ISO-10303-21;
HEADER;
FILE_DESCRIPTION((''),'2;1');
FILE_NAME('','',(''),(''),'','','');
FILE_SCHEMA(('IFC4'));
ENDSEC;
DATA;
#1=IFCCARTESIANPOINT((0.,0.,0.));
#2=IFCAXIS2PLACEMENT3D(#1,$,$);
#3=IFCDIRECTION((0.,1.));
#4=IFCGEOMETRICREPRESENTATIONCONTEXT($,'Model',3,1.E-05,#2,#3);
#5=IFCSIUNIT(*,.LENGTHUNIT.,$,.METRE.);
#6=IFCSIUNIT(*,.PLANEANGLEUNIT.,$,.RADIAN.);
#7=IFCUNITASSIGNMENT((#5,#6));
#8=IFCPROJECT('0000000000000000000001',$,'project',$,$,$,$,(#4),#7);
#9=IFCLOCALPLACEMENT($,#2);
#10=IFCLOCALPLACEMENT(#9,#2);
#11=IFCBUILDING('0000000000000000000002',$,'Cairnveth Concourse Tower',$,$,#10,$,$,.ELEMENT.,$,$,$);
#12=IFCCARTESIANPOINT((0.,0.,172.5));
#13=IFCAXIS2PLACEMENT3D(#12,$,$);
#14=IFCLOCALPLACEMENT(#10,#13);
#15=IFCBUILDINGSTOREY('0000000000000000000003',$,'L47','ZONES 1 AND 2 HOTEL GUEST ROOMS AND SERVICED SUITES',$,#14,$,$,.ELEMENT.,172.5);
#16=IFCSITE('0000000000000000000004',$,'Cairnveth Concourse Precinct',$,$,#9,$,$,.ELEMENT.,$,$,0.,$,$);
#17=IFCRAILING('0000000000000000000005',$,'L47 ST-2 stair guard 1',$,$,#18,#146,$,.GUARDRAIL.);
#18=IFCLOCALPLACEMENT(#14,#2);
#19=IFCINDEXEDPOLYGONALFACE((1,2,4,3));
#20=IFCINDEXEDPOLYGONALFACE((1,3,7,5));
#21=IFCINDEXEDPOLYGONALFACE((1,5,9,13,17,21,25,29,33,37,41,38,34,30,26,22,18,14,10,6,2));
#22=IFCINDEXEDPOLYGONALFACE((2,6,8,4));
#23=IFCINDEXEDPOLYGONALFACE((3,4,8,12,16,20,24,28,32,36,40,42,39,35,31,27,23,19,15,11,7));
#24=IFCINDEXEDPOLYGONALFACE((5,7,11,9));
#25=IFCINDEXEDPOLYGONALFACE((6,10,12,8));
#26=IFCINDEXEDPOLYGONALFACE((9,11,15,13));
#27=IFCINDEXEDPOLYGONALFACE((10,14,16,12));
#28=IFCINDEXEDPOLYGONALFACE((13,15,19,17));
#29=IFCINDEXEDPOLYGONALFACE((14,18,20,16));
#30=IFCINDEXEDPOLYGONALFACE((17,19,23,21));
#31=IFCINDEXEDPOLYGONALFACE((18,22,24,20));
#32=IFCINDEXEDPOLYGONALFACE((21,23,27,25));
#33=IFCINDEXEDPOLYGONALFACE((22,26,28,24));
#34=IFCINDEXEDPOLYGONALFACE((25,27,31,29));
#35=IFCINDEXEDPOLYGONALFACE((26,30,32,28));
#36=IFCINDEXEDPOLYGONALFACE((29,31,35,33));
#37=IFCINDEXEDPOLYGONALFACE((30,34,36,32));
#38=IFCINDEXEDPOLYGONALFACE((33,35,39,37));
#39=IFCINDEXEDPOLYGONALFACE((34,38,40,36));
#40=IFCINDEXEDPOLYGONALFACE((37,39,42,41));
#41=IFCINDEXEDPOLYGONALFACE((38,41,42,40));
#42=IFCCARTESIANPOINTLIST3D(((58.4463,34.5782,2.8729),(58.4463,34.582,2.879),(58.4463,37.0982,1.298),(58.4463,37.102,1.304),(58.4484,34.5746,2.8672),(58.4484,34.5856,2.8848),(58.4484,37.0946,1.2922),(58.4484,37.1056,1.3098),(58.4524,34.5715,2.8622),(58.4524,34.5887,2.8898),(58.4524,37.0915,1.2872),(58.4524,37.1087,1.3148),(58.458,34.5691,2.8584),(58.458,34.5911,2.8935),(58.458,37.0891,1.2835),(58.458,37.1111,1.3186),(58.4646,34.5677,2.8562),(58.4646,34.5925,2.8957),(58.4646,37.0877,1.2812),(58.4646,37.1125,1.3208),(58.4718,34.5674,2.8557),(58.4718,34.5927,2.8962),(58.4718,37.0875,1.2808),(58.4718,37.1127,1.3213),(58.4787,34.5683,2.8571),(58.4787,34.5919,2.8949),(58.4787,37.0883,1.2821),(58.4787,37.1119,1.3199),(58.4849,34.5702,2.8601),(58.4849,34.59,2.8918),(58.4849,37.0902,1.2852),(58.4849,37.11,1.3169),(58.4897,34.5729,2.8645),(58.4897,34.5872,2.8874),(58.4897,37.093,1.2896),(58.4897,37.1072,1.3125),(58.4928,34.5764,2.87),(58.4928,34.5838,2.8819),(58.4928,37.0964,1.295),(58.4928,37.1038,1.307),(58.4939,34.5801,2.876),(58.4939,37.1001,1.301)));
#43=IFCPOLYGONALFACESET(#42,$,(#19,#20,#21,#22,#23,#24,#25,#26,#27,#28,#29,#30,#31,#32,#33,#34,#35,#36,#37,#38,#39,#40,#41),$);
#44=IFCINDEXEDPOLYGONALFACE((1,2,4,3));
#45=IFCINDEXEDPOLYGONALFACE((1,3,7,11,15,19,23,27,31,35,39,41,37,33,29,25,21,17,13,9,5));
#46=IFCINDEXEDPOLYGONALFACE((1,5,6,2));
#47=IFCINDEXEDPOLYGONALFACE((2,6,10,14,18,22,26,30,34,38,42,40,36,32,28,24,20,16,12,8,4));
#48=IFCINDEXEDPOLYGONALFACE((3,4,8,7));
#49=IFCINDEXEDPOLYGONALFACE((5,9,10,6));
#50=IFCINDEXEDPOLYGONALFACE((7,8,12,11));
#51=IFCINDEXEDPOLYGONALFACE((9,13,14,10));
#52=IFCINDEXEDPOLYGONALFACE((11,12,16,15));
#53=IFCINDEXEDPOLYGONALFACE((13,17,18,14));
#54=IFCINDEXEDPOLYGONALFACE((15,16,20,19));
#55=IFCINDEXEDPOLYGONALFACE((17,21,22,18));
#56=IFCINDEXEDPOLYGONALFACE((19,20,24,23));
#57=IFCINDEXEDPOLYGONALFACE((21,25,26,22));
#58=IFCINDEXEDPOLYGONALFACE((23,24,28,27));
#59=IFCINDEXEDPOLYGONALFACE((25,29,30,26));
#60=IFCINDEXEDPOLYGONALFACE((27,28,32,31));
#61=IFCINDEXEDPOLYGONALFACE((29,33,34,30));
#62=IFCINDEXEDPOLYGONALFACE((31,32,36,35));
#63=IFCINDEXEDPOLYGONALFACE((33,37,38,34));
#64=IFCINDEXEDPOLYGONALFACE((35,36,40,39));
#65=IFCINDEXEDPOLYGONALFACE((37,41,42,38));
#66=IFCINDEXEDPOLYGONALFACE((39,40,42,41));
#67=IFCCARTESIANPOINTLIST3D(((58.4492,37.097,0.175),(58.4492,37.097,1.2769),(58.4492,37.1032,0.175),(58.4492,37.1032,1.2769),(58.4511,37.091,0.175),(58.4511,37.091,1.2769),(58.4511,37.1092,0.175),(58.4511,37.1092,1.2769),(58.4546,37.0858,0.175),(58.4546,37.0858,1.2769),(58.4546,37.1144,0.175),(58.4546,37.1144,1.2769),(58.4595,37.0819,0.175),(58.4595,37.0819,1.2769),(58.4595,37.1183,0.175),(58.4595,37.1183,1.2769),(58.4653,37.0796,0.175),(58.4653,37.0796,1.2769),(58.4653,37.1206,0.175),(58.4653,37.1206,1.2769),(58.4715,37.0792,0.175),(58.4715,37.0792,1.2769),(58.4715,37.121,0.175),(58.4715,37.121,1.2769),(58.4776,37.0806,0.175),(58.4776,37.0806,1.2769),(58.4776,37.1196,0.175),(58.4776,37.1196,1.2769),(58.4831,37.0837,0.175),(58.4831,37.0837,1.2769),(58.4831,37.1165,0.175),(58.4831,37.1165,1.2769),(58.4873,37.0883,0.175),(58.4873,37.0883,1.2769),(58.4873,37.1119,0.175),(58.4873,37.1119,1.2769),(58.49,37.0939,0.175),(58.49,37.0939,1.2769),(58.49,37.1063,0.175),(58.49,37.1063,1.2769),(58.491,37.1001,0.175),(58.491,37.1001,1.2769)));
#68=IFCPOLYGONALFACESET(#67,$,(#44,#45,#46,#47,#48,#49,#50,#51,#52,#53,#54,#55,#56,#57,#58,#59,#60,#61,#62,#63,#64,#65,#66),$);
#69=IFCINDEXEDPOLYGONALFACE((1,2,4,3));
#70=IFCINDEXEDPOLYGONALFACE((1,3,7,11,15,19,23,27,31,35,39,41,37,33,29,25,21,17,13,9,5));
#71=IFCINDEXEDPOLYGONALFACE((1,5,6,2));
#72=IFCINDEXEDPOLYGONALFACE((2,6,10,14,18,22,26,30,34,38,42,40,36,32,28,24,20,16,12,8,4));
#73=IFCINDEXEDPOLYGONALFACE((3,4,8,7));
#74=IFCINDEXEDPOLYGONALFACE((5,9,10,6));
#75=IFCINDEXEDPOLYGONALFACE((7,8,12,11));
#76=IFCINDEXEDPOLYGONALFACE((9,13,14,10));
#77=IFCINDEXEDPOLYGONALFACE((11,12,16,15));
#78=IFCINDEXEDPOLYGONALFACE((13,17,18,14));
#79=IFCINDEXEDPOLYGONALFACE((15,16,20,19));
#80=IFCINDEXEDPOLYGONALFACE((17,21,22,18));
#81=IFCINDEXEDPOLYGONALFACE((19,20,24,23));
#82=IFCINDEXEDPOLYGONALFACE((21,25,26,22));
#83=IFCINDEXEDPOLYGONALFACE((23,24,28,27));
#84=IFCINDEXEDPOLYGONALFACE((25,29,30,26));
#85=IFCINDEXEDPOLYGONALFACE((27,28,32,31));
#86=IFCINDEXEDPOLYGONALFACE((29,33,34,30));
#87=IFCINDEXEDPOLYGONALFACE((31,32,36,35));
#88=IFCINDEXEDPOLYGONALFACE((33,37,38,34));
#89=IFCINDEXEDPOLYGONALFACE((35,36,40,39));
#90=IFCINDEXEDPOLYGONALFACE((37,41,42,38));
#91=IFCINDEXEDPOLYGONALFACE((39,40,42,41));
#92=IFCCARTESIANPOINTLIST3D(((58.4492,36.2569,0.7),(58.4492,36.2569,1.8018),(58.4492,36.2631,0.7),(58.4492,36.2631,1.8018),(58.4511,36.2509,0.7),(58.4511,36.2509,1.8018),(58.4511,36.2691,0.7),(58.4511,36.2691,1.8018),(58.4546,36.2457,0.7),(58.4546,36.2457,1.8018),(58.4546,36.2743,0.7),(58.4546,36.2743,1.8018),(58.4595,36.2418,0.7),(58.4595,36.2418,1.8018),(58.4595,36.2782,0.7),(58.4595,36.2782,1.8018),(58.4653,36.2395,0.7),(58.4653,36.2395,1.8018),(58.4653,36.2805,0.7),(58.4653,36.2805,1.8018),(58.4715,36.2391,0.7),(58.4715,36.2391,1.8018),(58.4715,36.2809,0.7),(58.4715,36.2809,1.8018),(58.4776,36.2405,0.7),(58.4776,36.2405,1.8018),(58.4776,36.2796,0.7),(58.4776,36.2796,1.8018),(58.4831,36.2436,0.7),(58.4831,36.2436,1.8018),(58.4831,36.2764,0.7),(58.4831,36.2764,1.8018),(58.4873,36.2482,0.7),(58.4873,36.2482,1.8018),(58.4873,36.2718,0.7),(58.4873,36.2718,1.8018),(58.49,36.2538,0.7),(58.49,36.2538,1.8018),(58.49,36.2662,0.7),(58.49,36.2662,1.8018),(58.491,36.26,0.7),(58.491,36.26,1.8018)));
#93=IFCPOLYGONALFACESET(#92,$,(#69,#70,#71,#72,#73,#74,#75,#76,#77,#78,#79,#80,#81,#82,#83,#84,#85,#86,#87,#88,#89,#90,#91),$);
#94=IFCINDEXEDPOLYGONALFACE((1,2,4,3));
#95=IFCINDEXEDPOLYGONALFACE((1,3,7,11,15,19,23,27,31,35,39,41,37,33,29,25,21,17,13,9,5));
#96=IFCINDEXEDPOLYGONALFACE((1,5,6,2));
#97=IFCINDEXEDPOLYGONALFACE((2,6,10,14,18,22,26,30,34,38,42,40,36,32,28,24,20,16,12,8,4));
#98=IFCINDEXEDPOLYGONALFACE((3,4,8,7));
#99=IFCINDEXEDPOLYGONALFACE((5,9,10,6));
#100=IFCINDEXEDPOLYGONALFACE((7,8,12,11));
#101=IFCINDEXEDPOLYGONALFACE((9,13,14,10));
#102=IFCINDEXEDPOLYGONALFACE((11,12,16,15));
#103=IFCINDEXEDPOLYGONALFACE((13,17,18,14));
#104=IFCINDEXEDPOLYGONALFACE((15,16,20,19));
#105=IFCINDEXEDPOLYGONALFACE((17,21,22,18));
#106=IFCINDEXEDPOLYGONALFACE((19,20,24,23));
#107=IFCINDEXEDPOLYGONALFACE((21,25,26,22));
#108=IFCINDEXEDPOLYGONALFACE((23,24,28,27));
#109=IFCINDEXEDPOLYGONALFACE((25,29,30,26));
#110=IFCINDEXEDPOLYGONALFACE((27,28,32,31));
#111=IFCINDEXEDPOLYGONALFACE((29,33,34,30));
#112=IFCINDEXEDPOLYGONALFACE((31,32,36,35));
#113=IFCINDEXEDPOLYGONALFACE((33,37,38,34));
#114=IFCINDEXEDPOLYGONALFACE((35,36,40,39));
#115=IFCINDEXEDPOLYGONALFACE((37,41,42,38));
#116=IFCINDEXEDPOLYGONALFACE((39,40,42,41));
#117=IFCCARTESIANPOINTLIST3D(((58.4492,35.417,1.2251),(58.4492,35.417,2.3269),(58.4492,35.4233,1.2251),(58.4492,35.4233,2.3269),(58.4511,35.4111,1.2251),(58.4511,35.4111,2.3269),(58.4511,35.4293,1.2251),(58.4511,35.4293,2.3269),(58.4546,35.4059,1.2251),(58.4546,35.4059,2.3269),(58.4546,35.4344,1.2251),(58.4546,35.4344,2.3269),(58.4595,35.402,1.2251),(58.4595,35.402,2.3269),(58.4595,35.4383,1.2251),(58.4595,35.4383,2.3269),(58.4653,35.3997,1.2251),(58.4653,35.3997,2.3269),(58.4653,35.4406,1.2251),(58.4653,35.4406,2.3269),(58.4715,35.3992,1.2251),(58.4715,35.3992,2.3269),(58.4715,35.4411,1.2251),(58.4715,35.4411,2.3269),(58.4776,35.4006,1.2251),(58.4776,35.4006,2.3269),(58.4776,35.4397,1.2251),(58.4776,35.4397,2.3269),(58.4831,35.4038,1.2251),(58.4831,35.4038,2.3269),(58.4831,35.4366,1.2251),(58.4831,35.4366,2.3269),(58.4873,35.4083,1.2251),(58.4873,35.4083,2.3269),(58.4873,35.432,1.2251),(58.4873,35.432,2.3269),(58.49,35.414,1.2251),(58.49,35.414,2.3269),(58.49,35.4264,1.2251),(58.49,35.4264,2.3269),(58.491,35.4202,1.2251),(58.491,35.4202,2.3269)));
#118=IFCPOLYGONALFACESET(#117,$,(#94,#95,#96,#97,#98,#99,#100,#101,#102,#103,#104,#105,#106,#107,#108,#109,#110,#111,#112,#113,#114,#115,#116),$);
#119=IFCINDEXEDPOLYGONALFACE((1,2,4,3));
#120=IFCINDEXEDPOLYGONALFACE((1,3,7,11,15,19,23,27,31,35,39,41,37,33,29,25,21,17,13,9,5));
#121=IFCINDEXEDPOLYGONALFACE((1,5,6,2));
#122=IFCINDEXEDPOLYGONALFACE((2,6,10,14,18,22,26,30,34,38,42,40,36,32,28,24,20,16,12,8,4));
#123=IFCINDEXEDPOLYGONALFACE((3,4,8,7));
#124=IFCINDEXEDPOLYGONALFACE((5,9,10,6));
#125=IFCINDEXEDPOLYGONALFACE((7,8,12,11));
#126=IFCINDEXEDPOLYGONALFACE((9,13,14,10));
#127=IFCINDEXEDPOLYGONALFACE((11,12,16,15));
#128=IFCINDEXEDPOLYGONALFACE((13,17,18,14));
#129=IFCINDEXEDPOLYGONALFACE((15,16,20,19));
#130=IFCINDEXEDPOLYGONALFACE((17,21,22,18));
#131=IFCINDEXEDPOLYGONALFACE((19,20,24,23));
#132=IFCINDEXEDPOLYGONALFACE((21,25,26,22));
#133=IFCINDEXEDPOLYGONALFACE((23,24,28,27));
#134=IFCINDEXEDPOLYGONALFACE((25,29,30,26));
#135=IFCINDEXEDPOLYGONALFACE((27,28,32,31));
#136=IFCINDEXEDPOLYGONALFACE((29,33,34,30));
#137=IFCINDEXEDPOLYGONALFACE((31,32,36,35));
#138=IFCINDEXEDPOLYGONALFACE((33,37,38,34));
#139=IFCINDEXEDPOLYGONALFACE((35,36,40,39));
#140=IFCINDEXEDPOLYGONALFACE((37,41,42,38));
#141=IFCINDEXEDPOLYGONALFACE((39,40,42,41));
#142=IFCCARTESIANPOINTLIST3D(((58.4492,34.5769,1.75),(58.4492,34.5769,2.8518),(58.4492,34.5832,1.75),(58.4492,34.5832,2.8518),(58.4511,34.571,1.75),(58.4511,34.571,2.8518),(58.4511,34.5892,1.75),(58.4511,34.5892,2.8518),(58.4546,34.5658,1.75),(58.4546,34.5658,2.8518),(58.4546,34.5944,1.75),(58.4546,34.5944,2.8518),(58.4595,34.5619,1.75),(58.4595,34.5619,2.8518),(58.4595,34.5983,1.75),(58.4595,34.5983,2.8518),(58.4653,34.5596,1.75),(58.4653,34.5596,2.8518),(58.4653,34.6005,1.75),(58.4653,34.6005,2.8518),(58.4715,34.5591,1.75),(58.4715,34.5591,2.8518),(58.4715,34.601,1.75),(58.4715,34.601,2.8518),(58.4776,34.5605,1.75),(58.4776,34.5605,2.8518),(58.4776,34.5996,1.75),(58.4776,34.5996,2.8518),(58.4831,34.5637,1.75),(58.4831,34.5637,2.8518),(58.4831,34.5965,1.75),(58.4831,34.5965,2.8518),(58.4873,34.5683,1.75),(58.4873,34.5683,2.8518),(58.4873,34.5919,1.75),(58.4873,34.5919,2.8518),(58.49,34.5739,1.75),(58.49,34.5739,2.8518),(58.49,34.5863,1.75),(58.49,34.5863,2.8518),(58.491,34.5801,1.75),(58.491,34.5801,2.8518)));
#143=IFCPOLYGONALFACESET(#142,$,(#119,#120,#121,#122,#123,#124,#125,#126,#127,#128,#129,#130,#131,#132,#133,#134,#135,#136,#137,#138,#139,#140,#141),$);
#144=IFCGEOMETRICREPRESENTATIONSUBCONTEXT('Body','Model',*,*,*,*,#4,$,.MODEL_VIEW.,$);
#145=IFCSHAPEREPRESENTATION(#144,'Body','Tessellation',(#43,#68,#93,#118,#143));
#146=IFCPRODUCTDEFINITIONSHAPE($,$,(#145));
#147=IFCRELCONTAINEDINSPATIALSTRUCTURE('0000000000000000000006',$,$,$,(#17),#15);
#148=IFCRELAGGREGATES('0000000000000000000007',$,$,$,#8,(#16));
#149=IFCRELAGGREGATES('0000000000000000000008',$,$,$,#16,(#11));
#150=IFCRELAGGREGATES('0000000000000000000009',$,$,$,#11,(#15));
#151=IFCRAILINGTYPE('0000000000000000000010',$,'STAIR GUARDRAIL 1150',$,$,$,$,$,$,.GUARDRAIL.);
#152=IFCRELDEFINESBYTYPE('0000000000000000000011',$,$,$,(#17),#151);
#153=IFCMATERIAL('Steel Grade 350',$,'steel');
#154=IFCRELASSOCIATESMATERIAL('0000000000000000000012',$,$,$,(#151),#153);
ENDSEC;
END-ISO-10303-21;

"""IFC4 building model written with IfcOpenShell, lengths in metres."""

from ifc_helpers import new_model, si_unit, direction, frame, origin, origin_2d, place, context, subcontext, project, spatial, circle, extrude, material, type_object, element, save


model = new_model("IFC4")

# Units and contexts
model_context = context("Model", 3, precision=1e-05, world=origin(), true_north=direction((0.0, 1.0)))
body_context = subcontext(model_context, "Body", "Model", "MODEL_VIEW")
ifc_project = project(units=[si_unit("LENGTHUNIT", "METRE"), si_unit("PLANEANGLEUNIT", "RADIAN")], contexts=[model_context])

# Site, building, storey
site_placement = place(None, origin())
site = spatial("IfcSite", under=ifc_project, at=site_placement, Name="Cairnveth Concourse Precinct", CompositionType="ELEMENT", RefElevation=0.0)
building_placement = place(site_placement, origin())
building = spatial("IfcBuilding", under=site, at=building_placement, Name="Cairnveth Concourse Tower", CompositionType="ELEMENT")
storey_placement = place(building_placement, frame((0.0, 0.0, 172.5)))
storey = spatial("IfcBuildingStorey", under=building, at=storey_placement, Name="L47", Description="ZONES 1 AND 2 HOTEL GUEST ROOMS AND SERVICED SUITES", CompositionType="ELEMENT", Elevation=172.5)

# Shared definitions
ifc_material_1 = material(Name="Steel Grade 350", Category="steel")

# Railing
railing_type_1 = type_object("IfcRailingType", Name="STAIR GUARDRAIL 1150", PredefinedType="GUARDRAIL", material=ifc_material_1)
railing_1_placement = place(storey_placement, frame((58.47, 37.1001, 0.175)))
element("IfcRailing", 1, at=railing_1_placement, inside=storey, type_object=railing_type_1, Name="L47 ST-2 stair guard 1", PredefinedType="GUARDRAIL", context=body_context, shape_type="SweptSolid", body=[
    extrude(circle(Radius=0.0239, at=origin_2d()), frame((0.0, 0.0, 1.126), z_axis=(0.0, -0.848008, 0.529984), x_axis=(1.0, 0.0, 0.0)), (0.0, 0.0, 1.0), 2.9717),
    extrude(circle(Radius=0.021, at=origin_2d()), origin(), (0.0, 0.0, 1.0), 1.1018),
    extrude(circle(Radius=0.021, at=origin_2d()), frame((0.0, -0.8401, 0.5249)), (0.0, 0.0, 1.0), 1.1018),
    extrude(circle(Radius=0.021, at=origin_2d()), frame((0.0, -1.6799, 1.05)), (0.0, 0.0, 1.0), 1.1018),
    extrude(circle(Radius=0.021, at=origin_2d()), frame((0.0, -2.52, 1.575)), (0.0, 0.0, 1.0), 1.1018),
])

save(model, "model.ifc")
